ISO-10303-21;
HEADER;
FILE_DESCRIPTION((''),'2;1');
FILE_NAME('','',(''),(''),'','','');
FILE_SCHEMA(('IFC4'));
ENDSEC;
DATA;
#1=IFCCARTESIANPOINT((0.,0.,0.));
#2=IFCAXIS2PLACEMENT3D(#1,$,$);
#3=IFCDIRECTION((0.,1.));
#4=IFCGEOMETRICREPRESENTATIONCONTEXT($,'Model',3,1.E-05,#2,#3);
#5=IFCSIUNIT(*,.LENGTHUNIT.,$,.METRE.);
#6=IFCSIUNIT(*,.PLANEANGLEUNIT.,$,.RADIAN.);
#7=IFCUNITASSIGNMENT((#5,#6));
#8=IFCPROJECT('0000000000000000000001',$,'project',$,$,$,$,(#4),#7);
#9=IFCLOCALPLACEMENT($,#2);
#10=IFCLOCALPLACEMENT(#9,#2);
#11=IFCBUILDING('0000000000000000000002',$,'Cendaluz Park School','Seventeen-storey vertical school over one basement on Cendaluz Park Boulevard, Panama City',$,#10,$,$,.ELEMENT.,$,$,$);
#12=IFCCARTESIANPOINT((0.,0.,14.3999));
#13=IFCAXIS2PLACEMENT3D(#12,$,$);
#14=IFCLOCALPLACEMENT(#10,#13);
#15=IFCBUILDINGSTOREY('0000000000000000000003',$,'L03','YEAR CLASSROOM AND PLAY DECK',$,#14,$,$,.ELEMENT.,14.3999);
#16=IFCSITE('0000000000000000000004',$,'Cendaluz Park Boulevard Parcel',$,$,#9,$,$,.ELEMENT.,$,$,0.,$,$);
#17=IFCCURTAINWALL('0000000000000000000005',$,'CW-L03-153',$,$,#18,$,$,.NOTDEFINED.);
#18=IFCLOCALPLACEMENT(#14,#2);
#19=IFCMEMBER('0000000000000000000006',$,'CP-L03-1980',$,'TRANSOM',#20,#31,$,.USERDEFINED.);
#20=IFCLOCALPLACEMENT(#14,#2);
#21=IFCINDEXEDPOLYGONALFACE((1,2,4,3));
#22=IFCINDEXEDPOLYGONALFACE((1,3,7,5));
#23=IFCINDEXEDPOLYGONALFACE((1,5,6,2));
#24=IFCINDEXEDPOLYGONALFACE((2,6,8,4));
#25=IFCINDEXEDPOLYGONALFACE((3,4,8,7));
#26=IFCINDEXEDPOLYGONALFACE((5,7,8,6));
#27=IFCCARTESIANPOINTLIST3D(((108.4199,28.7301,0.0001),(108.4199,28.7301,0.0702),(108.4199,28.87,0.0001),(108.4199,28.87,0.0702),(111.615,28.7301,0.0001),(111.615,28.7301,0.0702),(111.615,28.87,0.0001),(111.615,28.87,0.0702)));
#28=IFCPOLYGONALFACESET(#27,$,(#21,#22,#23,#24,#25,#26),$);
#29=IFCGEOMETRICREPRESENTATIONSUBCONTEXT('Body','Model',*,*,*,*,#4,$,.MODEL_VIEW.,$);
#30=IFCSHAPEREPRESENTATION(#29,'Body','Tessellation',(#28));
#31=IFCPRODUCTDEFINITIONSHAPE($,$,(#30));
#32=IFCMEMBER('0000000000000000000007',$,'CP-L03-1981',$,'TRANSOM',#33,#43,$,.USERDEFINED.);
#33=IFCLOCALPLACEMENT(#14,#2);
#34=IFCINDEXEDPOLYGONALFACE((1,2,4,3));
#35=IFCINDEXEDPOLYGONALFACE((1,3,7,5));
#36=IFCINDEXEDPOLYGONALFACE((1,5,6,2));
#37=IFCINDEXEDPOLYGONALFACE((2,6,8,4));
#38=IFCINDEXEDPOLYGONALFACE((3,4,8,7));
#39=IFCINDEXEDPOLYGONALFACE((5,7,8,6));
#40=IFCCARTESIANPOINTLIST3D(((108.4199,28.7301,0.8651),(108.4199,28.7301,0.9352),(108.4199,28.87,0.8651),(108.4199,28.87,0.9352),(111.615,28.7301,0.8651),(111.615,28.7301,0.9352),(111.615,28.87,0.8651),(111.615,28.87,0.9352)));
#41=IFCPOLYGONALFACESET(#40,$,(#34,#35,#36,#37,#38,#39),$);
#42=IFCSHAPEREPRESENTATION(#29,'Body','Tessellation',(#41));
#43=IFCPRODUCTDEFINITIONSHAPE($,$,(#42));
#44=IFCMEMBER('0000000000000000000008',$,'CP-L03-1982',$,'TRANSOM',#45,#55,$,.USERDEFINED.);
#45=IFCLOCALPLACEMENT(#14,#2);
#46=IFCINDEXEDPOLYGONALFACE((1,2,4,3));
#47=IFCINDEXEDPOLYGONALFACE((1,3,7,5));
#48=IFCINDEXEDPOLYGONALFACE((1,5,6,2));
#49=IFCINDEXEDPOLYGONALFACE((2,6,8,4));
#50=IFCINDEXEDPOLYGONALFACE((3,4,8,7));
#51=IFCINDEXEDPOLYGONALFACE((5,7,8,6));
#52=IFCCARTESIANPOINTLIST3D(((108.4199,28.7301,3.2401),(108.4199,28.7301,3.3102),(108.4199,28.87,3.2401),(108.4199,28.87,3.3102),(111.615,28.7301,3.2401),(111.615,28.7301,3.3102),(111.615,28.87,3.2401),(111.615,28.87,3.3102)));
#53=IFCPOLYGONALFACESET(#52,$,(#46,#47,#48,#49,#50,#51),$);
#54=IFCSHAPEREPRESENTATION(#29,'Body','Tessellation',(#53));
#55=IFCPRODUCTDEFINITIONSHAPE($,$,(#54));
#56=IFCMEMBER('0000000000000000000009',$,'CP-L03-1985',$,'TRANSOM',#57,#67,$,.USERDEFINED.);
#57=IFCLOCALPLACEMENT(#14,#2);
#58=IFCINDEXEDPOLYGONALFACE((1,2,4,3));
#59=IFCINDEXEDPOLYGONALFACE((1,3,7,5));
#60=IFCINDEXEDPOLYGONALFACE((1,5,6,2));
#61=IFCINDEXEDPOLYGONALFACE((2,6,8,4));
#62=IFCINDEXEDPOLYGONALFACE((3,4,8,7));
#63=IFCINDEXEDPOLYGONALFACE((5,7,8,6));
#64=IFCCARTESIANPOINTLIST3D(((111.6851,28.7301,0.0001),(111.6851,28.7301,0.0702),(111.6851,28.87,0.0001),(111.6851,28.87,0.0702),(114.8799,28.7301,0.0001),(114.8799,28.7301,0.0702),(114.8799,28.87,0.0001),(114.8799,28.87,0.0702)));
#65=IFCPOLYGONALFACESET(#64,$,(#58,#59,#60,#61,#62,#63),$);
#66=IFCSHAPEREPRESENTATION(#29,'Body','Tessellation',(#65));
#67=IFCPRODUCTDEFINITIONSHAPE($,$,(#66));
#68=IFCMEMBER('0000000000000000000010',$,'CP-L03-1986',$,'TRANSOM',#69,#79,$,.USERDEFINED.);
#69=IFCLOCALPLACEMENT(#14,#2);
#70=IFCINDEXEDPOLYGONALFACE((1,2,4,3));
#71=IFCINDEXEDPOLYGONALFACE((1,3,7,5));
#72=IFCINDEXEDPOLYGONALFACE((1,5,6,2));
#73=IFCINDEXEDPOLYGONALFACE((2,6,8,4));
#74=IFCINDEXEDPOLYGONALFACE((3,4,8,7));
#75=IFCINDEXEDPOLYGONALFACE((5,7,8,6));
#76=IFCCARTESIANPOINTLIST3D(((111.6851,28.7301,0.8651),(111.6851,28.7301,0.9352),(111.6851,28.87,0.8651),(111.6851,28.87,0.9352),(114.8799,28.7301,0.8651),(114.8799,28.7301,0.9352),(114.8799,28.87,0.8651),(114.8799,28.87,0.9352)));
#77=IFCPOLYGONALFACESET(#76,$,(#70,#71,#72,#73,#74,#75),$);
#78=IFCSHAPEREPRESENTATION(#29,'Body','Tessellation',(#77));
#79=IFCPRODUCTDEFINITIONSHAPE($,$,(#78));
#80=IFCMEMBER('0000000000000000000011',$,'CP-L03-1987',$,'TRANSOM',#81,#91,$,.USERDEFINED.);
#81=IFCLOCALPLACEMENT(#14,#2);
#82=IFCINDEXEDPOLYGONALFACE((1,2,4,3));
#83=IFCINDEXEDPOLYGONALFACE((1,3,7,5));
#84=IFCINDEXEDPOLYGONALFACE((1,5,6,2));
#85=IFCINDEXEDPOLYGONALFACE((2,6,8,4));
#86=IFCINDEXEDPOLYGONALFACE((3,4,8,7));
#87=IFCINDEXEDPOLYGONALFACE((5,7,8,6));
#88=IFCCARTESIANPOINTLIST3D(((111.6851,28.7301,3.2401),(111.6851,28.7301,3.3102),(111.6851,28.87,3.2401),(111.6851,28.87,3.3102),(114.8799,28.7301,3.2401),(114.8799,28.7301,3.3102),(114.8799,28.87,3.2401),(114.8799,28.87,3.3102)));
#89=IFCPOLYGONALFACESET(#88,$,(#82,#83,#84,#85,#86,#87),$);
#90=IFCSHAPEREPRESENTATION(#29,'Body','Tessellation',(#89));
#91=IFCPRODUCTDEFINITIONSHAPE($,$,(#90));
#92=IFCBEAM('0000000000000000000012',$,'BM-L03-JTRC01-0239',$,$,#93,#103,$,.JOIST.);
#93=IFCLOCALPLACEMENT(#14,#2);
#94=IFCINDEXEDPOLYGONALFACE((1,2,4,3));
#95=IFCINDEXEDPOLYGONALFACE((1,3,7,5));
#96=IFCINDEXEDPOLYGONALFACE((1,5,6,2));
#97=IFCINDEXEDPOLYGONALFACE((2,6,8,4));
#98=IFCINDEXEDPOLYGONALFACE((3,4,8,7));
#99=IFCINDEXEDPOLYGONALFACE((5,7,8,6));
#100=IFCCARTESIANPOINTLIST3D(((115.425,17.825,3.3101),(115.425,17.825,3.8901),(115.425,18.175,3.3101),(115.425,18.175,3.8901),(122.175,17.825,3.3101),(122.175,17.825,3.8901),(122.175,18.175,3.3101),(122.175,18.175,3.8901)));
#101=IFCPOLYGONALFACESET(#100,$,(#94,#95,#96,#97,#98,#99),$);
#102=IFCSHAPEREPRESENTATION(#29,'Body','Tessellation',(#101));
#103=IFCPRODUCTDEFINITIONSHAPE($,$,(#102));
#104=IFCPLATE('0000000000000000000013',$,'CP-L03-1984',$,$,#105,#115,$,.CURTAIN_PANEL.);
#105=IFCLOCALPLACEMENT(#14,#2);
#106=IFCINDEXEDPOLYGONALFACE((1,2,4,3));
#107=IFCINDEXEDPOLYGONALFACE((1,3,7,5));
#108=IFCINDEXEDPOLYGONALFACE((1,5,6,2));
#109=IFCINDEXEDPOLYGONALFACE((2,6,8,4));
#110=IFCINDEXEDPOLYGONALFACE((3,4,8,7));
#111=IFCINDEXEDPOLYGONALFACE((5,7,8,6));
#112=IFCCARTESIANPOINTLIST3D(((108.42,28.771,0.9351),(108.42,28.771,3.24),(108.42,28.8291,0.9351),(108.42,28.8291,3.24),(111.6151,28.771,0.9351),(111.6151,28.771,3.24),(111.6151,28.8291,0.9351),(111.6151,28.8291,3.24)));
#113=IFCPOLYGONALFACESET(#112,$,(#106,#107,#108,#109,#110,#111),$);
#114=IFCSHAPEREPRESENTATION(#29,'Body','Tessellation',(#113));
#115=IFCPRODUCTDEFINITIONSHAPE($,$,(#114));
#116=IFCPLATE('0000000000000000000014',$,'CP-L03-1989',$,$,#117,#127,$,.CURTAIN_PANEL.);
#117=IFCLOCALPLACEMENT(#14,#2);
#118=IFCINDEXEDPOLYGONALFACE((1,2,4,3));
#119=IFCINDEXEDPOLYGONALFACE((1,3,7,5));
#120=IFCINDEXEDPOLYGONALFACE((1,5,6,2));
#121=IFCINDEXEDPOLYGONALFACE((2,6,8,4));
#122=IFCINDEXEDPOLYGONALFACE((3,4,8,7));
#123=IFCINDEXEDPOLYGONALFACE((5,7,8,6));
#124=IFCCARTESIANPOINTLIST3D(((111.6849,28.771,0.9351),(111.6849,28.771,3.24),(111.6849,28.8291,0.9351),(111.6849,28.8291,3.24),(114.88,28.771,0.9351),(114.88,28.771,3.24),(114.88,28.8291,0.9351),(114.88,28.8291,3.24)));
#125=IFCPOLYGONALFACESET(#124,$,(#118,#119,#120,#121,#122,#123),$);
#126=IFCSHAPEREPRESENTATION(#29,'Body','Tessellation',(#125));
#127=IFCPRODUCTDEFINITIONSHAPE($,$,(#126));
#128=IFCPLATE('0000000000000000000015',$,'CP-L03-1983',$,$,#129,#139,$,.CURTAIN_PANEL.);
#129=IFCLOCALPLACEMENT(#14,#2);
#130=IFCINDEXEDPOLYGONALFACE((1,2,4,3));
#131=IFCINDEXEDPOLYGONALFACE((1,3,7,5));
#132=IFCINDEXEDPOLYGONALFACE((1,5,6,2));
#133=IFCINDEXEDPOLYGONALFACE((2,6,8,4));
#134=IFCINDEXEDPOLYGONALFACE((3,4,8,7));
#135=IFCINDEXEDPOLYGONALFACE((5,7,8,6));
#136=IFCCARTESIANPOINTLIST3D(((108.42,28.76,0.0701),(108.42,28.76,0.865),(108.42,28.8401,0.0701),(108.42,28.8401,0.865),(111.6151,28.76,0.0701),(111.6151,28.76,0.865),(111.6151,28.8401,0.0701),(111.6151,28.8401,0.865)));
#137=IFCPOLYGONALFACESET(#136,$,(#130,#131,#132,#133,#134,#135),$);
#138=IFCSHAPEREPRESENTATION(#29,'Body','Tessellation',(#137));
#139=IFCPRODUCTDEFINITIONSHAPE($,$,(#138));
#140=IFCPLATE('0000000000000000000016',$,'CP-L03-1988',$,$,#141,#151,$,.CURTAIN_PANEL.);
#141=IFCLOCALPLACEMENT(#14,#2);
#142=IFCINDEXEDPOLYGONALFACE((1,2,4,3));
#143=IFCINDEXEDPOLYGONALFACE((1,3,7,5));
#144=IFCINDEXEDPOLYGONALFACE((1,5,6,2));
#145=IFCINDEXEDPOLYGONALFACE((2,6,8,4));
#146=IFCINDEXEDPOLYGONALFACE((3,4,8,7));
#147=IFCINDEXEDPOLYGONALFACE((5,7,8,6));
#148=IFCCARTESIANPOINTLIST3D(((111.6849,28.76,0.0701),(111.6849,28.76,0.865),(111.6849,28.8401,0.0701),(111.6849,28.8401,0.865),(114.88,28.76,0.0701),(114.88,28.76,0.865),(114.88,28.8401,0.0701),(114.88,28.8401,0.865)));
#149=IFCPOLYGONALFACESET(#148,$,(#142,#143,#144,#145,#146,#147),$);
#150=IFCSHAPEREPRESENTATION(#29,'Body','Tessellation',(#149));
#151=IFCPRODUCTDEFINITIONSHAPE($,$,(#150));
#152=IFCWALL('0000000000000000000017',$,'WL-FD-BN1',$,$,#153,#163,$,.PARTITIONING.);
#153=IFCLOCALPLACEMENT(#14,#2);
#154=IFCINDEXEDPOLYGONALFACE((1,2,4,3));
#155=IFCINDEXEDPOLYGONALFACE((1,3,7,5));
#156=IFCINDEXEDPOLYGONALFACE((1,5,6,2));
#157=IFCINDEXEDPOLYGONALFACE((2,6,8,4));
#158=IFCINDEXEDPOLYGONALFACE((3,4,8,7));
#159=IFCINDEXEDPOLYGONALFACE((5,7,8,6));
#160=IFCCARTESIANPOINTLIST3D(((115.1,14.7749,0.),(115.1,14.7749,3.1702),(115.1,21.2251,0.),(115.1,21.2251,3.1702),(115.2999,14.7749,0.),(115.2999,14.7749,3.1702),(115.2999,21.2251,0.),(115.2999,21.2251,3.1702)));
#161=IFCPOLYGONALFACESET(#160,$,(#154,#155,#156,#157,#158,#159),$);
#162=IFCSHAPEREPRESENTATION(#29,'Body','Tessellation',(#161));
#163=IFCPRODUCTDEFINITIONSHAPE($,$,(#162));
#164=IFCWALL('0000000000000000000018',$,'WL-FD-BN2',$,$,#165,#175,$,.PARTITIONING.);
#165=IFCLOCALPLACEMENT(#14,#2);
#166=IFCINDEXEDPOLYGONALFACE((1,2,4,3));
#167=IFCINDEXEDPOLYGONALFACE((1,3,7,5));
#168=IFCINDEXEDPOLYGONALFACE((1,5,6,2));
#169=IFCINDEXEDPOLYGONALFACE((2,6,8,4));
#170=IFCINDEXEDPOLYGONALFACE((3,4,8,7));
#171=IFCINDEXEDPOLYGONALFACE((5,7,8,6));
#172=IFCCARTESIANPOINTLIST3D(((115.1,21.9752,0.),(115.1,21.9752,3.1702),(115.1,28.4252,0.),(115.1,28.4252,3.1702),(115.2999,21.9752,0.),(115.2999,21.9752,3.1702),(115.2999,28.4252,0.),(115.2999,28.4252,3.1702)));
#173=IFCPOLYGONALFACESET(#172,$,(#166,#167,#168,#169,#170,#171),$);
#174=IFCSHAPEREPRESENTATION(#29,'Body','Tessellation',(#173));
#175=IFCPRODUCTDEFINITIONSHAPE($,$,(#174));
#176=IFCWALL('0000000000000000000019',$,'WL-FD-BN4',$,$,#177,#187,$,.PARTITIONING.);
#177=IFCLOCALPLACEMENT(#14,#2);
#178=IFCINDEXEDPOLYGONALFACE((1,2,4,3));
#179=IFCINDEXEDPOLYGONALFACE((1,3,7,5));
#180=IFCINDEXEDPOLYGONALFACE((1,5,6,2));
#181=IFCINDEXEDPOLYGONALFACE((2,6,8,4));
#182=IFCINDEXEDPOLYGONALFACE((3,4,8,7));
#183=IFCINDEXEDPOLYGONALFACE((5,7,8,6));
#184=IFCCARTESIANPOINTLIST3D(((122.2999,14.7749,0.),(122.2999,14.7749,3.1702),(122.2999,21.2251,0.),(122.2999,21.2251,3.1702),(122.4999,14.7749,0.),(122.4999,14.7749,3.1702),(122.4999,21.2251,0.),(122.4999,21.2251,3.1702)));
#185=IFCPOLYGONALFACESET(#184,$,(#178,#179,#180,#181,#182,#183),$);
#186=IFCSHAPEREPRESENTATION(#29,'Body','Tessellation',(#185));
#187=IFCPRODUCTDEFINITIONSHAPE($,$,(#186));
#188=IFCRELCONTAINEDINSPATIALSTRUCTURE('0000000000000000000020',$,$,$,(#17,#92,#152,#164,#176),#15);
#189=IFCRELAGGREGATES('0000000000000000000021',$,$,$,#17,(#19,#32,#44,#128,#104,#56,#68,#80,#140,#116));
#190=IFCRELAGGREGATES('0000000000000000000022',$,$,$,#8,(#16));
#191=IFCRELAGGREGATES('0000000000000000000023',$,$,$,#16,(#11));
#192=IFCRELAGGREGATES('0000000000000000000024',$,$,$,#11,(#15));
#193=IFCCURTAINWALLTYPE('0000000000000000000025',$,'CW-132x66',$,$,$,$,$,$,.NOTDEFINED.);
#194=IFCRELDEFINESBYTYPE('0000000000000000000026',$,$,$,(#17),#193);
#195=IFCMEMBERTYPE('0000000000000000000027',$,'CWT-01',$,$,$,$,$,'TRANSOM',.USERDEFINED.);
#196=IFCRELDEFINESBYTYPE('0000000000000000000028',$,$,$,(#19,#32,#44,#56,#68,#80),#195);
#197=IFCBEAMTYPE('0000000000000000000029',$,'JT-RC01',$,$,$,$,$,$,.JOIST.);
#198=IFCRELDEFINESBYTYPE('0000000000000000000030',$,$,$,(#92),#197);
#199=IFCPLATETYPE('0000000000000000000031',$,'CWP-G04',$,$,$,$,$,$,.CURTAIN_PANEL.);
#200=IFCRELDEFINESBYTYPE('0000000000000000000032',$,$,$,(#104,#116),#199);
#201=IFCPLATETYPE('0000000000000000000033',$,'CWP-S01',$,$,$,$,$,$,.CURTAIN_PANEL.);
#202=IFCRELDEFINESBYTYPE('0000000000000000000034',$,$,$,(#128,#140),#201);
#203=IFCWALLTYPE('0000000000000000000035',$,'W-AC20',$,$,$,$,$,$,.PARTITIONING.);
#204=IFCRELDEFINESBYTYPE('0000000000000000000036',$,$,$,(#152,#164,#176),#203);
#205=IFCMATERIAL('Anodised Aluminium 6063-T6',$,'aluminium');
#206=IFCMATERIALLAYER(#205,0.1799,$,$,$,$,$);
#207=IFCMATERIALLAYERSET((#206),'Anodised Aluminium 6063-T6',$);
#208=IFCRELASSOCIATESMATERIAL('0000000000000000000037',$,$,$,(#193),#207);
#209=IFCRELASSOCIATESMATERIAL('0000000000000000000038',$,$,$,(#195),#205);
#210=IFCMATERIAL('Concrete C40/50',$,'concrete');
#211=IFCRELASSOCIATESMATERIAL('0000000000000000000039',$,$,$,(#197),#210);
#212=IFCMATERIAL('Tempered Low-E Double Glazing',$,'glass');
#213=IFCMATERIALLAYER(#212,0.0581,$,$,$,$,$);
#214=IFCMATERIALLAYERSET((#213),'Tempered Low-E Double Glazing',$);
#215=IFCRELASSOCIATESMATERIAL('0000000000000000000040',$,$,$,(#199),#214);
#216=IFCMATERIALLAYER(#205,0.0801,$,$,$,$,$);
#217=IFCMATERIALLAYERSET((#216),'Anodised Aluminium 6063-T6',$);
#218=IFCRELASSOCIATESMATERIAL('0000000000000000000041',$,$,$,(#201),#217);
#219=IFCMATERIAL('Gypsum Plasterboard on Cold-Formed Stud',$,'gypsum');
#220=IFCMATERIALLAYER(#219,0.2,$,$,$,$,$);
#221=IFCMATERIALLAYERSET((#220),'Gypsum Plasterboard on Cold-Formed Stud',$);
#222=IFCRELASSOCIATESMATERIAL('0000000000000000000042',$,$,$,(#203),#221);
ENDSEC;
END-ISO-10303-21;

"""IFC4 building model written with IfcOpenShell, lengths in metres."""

from ifc_helpers import new_model, si_unit, direction, frame, frame_2d, origin, origin_2d, place, context, subcontext, project, spatial, rectangle, extrude, material, layer, layer_set, material_profile, profile_set, type_object, element, aggregate, save


model = new_model("IFC4")

# Units and contexts
model_context = context("Model", 3, precision=1e-05, world=origin(), true_north=direction((0.0, 1.0)))
body_context = subcontext(model_context, "Body", "Model", "MODEL_VIEW")
ifc_project = project(units=[si_unit("LENGTHUNIT", "METRE"), si_unit("PLANEANGLEUNIT", "RADIAN")], contexts=[model_context])

# Site, building, storey
site_placement = place(None, origin())
site = spatial("IfcSite", under=ifc_project, at=site_placement, Name="Cendaluz Park Boulevard Parcel", CompositionType="ELEMENT", RefElevation=0.0)
building_placement = place(site_placement, origin())
building = spatial("IfcBuilding", under=site, at=building_placement, Name="Cendaluz Park School", Description="Seventeen-storey vertical school over one basement on Cendaluz Park Boulevard, Panama City", CompositionType="ELEMENT")
storey_placement = place(building_placement, frame((0.0, 0.0, 14.3999)))
storey = spatial("IfcBuildingStorey", under=building, at=storey_placement, Name="L03", Description="YEAR CLASSROOM AND PLAY DECK", CompositionType="ELEMENT", Elevation=14.3999)

# Shared definitions
ifc_material_1 = material(Name="Concrete C40/50", Category="concrete")

# Curtain wall, members
ifc_material_2 = material(Name="Anodised Aluminium 6063-T6", Category="aluminium")
ifc_layer_1 = layer(ifc_material_2, 0.1799)
ifc_layer_set_1 = layer_set([ifc_layer_1], Name="Anodised Aluminium 6063-T6")
curtain_wall_type = type_object("IfcCurtainWallType", Name="CW-132x66", PredefinedType="NOTDEFINED", material=ifc_layer_set_1)
curtain_wall_placement = place(storey_placement, origin())
curtain_wall = element("IfcCurtainWall", 1, at=curtain_wall_placement, inside=storey, type_object=curtain_wall_type, Name="CW-L03-153", PredefinedType="NOTDEFINED")
ifc_material_profile_1 = material_profile(ifc_material_2, rectangle(XDim=0.1399, YDim=0.0701, at=origin_2d()), Name="CWT 140x70", Category="aluminium")
ifc_profile_set_1 = profile_set([ifc_material_profile_1], Name="Anodised Aluminium 6063-T6")
member_type_1 = type_object("IfcMemberType", Name="CWT-01", ElementType="TRANSOM", PredefinedType="USERDEFINED", material=ifc_profile_set_1)
member_1_placement = place(storey_placement, frame((108.4199, 28.8, 0.0352), z_axis=(1.0, 0.0, 0.0), x_axis=(0.0, 1.0, 0.0)))
member_1 = element("IfcMember", 2, at=member_1_placement, type_object=member_type_1, Name="CP-L03-1980", ObjectType="TRANSOM", PredefinedType="USERDEFINED", context=body_context, shape_type="SweptSolid", body=[
    extrude(rectangle(XDim=0.1399, YDim=0.0701, at=origin_2d()), origin(), (0.0, 0.0, 1.0), 3.1951),
])
member_2_placement = place(storey_placement, frame((108.4199, 28.8, 0.9001), z_axis=(1.0, 0.0, 0.0), x_axis=(0.0, 1.0, 0.0)))
member_2 = element("IfcMember", 3, at=member_2_placement, type_object=member_type_1, Name="CP-L03-1981", ObjectType="TRANSOM", PredefinedType="USERDEFINED", context=body_context, shape_type="SweptSolid", body=[
    extrude(rectangle(XDim=0.1399, YDim=0.0701, at=origin_2d()), origin(), (0.0, 0.0, 1.0), 3.1951),
])
member_3_placement = place(storey_placement, frame((108.4199, 28.8, 3.2751), z_axis=(1.0, 0.0, 0.0), x_axis=(0.0, 1.0, 0.0)))
member_3 = element("IfcMember", 4, at=member_3_placement, type_object=member_type_1, Name="CP-L03-1982", ObjectType="TRANSOM", PredefinedType="USERDEFINED", context=body_context, shape_type="SweptSolid", body=[
    extrude(rectangle(XDim=0.1399, YDim=0.0701, at=origin_2d()), origin(), (0.0, 0.0, 1.0), 3.1951),
])
member_4_placement = place(storey_placement, frame((111.6851, 28.8, 0.0352), z_axis=(1.0, 0.0, 0.0), x_axis=(0.0, 1.0, 0.0)))
member_4 = element("IfcMember", 5, at=member_4_placement, type_object=member_type_1, Name="CP-L03-1985", ObjectType="TRANSOM", PredefinedType="USERDEFINED", context=body_context, shape_type="SweptSolid", body=[
    extrude(rectangle(XDim=0.1399, YDim=0.0701, at=origin_2d()), origin(), (0.0, 0.0, 1.0), 3.1948),
])
member_5_placement = place(storey_placement, frame((111.6851, 28.8, 0.9001), z_axis=(1.0, 0.0, 0.0), x_axis=(0.0, 1.0, 0.0)))
member_5 = element("IfcMember", 6, at=member_5_placement, type_object=member_type_1, Name="CP-L03-1986", ObjectType="TRANSOM", PredefinedType="USERDEFINED", context=body_context, shape_type="SweptSolid", body=[
    extrude(rectangle(XDim=0.1399, YDim=0.0701, at=origin_2d()), origin(), (0.0, 0.0, 1.0), 3.1948),
])
member_6_placement = place(storey_placement, frame((111.6851, 28.8, 3.2751), z_axis=(1.0, 0.0, 0.0), x_axis=(0.0, 1.0, 0.0)))
member_6 = element("IfcMember", 7, at=member_6_placement, type_object=member_type_1, Name="CP-L03-1987", ObjectType="TRANSOM", PredefinedType="USERDEFINED", context=body_context, shape_type="SweptSolid", body=[
    extrude(rectangle(XDim=0.1399, YDim=0.0701, at=origin_2d()), origin(), (0.0, 0.0, 1.0), 3.1948),
])

# Beam
ifc_material_profile_2 = material_profile(ifc_material_1, rectangle(XDim=0.3501, YDim=0.5801, at=origin_2d()), Name="RC 350x580", Category="concrete")
ifc_profile_set_2 = profile_set([ifc_material_profile_2], Name="Concrete C40/50")
beam_type_1 = type_object("IfcBeamType", Name="JT-RC01", PredefinedType="JOIST", material=ifc_profile_set_2)
beam_1_placement = place(storey_placement, frame((115.425, 18.0, 3.6001), z_axis=(1.0, 0.0, 0.0), x_axis=(0.0, 1.0, 0.0)))
element("IfcBeam", 8, at=beam_1_placement, inside=storey, type_object=beam_type_1, Name="BM-L03-JTRC01-0239", PredefinedType="JOIST", context=body_context, shape_type="SweptSolid", body=[
    extrude(rectangle(XDim=0.3501, YDim=0.5801, at=origin_2d()), origin(), (0.0, 0.0, 1.0), 6.75),
])

# Plates
ifc_material_3 = material(Name="Tempered Low-E Double Glazing", Category="glass")
ifc_layer_2 = layer(ifc_material_3, 0.0581)
ifc_layer_set_2 = layer_set([ifc_layer_2], Name="Tempered Low-E Double Glazing")
plate_type_1 = type_object("IfcPlateType", Name="CWP-G04", PredefinedType="CURTAIN_PANEL", material=ifc_layer_set_2)
plate_1_placement = place(storey_placement, frame((110.0176, 28.8, 0.9351), z_axis=(0.0, 0.0, 1.0), x_axis=(1.0, 0.0, 0.0)))
plate_1 = element("IfcPlate", 9, at=plate_1_placement, type_object=plate_type_1, Name="CP-L03-1984", PredefinedType="CURTAIN_PANEL", context=body_context, shape_type="SweptSolid", body=[
    extrude(rectangle(XDim=3.1951, YDim=0.0581, at=origin_2d()), origin(), (0.0, 0.0, 1.0), 2.3049),
])
plate_2_placement = place(storey_placement, frame((113.2825, 28.8, 0.9351), z_axis=(0.0, 0.0, 1.0), x_axis=(1.0, 0.0, 0.0)))
plate_2 = element("IfcPlate", 10, at=plate_2_placement, type_object=plate_type_1, Name="CP-L03-1989", PredefinedType="CURTAIN_PANEL", context=body_context, shape_type="SweptSolid", body=[
    extrude(rectangle(XDim=3.1951, YDim=0.0581, at=origin_2d()), origin(), (0.0, 0.0, 1.0), 2.3049),
])
ifc_layer_3 = layer(ifc_material_2, 0.0801)
ifc_layer_set_3 = layer_set([ifc_layer_3], Name="Anodised Aluminium 6063-T6")
plate_type_2 = type_object("IfcPlateType", Name="CWP-S01", PredefinedType="CURTAIN_PANEL", material=ifc_layer_set_3)
plate_3_placement = place(storey_placement, frame((110.0176, 28.8, 0.0701), z_axis=(0.0, 0.0, 1.0), x_axis=(1.0, 0.0, 0.0)))
plate_3 = element("IfcPlate", 11, at=plate_3_placement, type_object=plate_type_2, Name="CP-L03-1983", PredefinedType="CURTAIN_PANEL", context=body_context, shape_type="SweptSolid", body=[
    extrude(rectangle(XDim=3.1951, YDim=0.0801, at=origin_2d()), origin(), (0.0, 0.0, 1.0), 0.7949),
])
plate_4_placement = place(storey_placement, frame((113.2825, 28.8, 0.0701), z_axis=(0.0, 0.0, 1.0), x_axis=(1.0, 0.0, 0.0)))
plate_4 = element("IfcPlate", 12, at=plate_4_placement, type_object=plate_type_2, Name="CP-L03-1988", PredefinedType="CURTAIN_PANEL", context=body_context, shape_type="SweptSolid", body=[
    extrude(rectangle(XDim=3.1951, YDim=0.0801, at=origin_2d()), origin(), (0.0, 0.0, 1.0), 0.7949),
])
aggregate(curtain_wall, [member_1, member_2, member_3, plate_3, plate_1, member_4, member_5, member_6, plate_4, plate_2])

# Walls
ifc_material_4 = material(Name="Gypsum Plasterboard on Cold-Formed Stud", Category="gypsum")
ifc_layer_4 = layer(ifc_material_4, 0.2)
ifc_layer_set_4 = layer_set([ifc_layer_4], Name="Gypsum Plasterboard on Cold-Formed Stud")
wall_type_1 = type_object("IfcWallType", Name="W-AC20", PredefinedType="PARTITIONING", material=ifc_layer_set_4)
wall_1_placement = place(storey_placement, frame((115.2, 14.7749, 0.0), z_axis=(0.0, 0.0, 1.0), x_axis=(0.0, 1.0, 0.0)))
element("IfcWall", 13, at=wall_1_placement, inside=storey, type_object=wall_type_1, Name="WL-FD-BN1", PredefinedType="PARTITIONING", context=body_context, shape_type="SweptSolid", body=[
    extrude(rectangle(XDim=6.4502, YDim=0.2, at=frame_2d((3.2251, 0.0))), origin(), (0.0, 0.0, 1.0), 3.1702),
])
wall_2_placement = place(storey_placement, frame((115.2, 21.9751, 0.0), z_axis=(0.0, 0.0, 1.0), x_axis=(0.0, 1.0, 0.0)))
element("IfcWall", 14, at=wall_2_placement, inside=storey, type_object=wall_type_1, Name="WL-FD-BN2", PredefinedType="PARTITIONING", context=body_context, shape_type="SweptSolid", body=[
    extrude(rectangle(XDim=6.45, YDim=0.2, at=frame_2d((3.2251, 0.0))), origin(), (0.0, 0.0, 1.0), 3.1702),
])
wall_3_placement = place(storey_placement, frame((122.3999, 14.7749, 0.0), z_axis=(0.0, 0.0, 1.0), x_axis=(0.0, 1.0, 0.0)))
element("IfcWall", 15, at=wall_3_placement, inside=storey, type_object=wall_type_1, Name="WL-FD-BN4", PredefinedType="PARTITIONING", context=body_context, shape_type="SweptSolid", body=[
    extrude(rectangle(XDim=6.4502, YDim=0.2, at=frame_2d((3.2251, 0.0))), origin(), (0.0, 0.0, 1.0), 3.1702),
])

save(model, "model.ifc")
